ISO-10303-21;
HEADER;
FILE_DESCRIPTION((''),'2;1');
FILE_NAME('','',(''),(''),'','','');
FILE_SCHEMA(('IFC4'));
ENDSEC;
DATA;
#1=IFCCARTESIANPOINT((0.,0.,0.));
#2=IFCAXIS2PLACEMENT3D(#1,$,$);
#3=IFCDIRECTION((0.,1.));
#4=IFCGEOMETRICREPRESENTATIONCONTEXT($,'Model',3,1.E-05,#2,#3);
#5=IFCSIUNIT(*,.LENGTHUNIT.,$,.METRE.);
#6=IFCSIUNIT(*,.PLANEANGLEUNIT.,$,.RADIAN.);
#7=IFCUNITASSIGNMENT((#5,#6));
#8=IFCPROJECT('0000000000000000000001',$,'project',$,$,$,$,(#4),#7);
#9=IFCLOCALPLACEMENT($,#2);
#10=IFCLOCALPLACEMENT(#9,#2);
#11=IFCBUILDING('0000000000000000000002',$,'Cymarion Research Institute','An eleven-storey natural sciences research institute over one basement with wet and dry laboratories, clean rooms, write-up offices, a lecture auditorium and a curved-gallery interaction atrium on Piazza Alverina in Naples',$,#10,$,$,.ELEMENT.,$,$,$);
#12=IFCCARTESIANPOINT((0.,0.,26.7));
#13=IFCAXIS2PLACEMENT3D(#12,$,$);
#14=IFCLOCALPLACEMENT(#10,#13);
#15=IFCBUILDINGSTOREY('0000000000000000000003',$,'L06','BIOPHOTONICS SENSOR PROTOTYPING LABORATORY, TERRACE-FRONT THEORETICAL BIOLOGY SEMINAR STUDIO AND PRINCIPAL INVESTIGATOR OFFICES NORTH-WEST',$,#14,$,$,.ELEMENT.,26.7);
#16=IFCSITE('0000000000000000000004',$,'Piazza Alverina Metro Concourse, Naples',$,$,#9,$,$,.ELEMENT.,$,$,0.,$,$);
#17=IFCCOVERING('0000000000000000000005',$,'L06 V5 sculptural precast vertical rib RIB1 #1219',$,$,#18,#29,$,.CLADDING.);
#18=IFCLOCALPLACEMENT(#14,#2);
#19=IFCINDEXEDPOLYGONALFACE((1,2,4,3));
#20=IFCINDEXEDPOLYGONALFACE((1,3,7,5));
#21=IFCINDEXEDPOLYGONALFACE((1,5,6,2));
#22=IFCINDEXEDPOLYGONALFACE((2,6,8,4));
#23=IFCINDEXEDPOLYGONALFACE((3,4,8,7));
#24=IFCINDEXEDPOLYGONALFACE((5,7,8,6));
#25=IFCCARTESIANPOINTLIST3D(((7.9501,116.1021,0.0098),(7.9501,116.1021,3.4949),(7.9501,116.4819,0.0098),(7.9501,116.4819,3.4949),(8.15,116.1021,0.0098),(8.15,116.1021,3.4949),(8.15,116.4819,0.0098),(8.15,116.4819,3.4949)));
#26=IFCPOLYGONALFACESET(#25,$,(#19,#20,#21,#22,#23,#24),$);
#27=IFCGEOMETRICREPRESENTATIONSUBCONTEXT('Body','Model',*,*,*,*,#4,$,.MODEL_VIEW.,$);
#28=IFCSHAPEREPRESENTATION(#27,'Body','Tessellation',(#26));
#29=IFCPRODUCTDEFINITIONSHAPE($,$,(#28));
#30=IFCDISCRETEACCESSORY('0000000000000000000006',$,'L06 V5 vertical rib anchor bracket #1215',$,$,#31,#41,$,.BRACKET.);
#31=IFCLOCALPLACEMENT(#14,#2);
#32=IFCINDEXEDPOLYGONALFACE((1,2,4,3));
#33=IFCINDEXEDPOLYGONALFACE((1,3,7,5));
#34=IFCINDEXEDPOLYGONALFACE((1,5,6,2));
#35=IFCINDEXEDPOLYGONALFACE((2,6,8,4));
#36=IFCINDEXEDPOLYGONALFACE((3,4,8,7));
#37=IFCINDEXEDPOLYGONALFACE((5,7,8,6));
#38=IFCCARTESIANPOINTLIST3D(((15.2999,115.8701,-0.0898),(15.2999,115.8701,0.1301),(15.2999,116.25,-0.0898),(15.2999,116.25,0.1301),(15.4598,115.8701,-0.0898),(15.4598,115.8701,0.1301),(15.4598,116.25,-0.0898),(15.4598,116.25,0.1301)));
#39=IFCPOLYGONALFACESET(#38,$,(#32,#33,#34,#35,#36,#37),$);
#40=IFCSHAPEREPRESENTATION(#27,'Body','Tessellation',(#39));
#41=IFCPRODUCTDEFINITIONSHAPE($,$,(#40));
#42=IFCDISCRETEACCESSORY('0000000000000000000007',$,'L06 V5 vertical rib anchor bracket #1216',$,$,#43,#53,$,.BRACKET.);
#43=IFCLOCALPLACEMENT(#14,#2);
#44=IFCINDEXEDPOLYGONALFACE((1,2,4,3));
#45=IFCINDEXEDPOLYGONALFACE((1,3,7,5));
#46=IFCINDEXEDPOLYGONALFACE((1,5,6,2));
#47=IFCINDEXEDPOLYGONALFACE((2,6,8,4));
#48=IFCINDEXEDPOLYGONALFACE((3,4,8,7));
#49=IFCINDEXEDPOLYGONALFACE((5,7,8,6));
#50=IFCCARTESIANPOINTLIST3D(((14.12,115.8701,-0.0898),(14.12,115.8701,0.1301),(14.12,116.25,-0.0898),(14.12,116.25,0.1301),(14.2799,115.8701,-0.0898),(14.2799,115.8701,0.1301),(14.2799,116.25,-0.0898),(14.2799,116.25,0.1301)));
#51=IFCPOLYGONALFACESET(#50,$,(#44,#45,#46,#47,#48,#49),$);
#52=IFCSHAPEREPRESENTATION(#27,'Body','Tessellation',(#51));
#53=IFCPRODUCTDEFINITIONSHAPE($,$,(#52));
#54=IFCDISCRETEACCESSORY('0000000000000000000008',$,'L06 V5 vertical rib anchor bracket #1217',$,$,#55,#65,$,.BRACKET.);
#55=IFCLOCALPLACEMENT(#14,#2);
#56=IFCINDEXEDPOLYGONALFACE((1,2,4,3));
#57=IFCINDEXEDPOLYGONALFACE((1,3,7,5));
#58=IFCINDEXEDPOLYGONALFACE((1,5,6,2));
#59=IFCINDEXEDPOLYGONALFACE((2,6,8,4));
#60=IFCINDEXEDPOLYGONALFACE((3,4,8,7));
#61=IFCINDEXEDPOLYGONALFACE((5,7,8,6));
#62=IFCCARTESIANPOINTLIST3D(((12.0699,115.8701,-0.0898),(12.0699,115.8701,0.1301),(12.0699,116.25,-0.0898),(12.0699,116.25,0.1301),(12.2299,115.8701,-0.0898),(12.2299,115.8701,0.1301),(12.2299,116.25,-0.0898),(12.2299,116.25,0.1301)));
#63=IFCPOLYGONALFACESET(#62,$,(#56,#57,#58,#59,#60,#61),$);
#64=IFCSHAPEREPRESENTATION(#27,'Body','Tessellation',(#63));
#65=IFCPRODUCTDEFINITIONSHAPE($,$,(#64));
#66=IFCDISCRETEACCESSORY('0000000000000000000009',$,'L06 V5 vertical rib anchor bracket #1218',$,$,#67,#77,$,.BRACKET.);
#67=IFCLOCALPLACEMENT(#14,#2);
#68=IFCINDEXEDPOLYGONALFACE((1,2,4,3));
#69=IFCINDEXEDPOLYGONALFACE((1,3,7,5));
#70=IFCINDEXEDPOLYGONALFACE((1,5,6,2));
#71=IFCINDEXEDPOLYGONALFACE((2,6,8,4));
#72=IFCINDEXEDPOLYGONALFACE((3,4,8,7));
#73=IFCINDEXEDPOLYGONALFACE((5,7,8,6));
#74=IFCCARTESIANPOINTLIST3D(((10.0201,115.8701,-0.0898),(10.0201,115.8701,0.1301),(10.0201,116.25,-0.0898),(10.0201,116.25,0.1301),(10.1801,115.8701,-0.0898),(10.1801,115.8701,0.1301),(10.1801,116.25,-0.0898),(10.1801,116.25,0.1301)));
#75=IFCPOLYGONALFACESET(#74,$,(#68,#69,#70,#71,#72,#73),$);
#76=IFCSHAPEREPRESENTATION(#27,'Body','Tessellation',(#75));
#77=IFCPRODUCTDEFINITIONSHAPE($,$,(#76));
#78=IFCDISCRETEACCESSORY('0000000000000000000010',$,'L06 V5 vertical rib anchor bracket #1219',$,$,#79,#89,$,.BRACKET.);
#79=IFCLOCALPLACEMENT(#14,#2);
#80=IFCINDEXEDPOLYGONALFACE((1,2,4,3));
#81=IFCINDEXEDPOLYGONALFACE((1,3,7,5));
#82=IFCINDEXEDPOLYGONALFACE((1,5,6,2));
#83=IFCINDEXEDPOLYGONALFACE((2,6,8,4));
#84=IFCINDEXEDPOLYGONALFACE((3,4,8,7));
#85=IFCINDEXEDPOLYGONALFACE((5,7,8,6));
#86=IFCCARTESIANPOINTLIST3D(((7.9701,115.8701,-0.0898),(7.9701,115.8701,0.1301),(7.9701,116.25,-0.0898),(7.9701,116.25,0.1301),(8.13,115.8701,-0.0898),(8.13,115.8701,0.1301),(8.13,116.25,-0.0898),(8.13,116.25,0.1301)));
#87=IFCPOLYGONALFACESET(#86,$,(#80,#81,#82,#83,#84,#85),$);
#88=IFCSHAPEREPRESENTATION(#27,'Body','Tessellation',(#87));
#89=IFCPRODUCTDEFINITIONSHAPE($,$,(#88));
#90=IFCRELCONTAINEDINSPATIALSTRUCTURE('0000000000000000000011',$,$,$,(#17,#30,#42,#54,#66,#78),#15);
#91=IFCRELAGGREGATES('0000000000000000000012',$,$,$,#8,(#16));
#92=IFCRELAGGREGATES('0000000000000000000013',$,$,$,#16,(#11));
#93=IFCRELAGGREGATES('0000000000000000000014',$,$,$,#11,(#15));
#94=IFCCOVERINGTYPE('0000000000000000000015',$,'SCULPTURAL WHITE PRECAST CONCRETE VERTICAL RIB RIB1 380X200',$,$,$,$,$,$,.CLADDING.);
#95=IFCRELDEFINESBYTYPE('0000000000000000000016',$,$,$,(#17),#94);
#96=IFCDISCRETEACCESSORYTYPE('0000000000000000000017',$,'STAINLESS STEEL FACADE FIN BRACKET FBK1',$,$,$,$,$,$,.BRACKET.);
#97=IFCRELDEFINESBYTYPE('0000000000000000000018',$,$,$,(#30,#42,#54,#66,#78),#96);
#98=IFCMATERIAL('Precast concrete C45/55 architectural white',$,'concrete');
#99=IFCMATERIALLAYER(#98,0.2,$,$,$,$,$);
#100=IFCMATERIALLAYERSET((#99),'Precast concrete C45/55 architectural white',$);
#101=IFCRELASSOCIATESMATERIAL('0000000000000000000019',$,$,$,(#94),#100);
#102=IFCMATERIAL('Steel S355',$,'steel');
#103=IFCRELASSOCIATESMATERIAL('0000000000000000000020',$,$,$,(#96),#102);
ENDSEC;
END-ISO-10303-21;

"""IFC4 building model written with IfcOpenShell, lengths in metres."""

from ifc_helpers import new_model, si_unit, direction, frame, origin, origin_2d, place, context, subcontext, project, spatial, rectangle, extrude, material, layer, layer_set, type_object, element, save


model = new_model("IFC4")

# Units and contexts
model_context = context("Model", 3, precision=1e-05, world=origin(), true_north=direction((0.0, 1.0)))
body_context = subcontext(model_context, "Body", "Model", "MODEL_VIEW")
ifc_project = project(units=[si_unit("LENGTHUNIT", "METRE"), si_unit("PLANEANGLEUNIT", "RADIAN")], contexts=[model_context])

# Site, building, storey
site_placement = place(None, origin())
site = spatial("IfcSite", under=ifc_project, at=site_placement, Name="Piazza Alverina Metro Concourse, Naples", CompositionType="ELEMENT", RefElevation=0.0)
building_placement = place(site_placement, origin())
building = spatial("IfcBuilding", under=site, at=building_placement, Name="Cymarion Research Institute", Description="An eleven-storey natural sciences research institute over one basement with wet and dry laboratories, clean rooms, write-up offices, a lecture auditorium and a curved-gallery interaction atrium on Piazza Alverina in Naples", CompositionType="ELEMENT")
storey_placement = place(building_placement, frame((0.0, 0.0, 26.7)))
storey = spatial("IfcBuildingStorey", under=building, at=storey_placement, Name="L06", Description="BIOPHOTONICS SENSOR PROTOTYPING LABORATORY, TERRACE-FRONT THEORETICAL BIOLOGY SEMINAR STUDIO AND PRINCIPAL INVESTIGATOR OFFICES NORTH-WEST", CompositionType="ELEMENT", Elevation=26.7)

# Shared definitions
ifc_material_1 = material(Name="Steel S355", Category="steel")

# Covering
ifc_material_2 = material(Name="Precast concrete C45/55 architectural white", Category="concrete")
ifc_layer_1 = layer(ifc_material_2, 0.2)
ifc_layer_set_1 = layer_set([ifc_layer_1], Name="Precast concrete C45/55 architectural white")
covering_type = type_object("IfcCoveringType", Name="SCULPTURAL WHITE PRECAST CONCRETE VERTICAL RIB RIB1 380X200", PredefinedType="CLADDING", material=ifc_layer_set_1)
for number, where, z_axis, x_axis, name in (
    (1, (8.05, 116.292, 0.0098), (0.0, 0.0, 1.0), (0.0, 1.0, 0.0), "L06 V5 sculptural precast vertical rib RIB1 #1219"),
):
    element("IfcCovering", number, at=place(storey_placement, frame(where, z_axis=z_axis, x_axis=x_axis)), inside=storey, type_object=covering_type, Name=name, PredefinedType="CLADDING", context=body_context, shape_type="SweptSolid", body=[
        extrude(rectangle(XDim=0.3799, YDim=0.2, at=origin_2d()), origin(), (0.0, 0.0, 1.0), 3.4851),
    ])

# Discrete accessories
discrete_accessory_type = type_object("IfcDiscreteAccessoryType", Name="STAINLESS STEEL FACADE FIN BRACKET FBK1", PredefinedType="BRACKET", material=ifc_material_1)
for number, where, z_axis, x_axis, name in (
    (2, (15.3799, 116.0601, -0.0898), (0.0, 0.0, 1.0), (0.0, 1.0, 0.0), "L06 V5 vertical rib anchor bracket #1215"),
    (3, (14.2, 116.0601, -0.0898), (0.0, 0.0, 1.0), (0.0, 1.0, 0.0), "L06 V5 vertical rib anchor bracket #1216"),
    (4, (12.1499, 116.0601, -0.0898), (0.0, 0.0, 1.0), (0.0, 1.0, 0.0), "L06 V5 vertical rib anchor bracket #1217"),
    (5, (10.1001, 116.0601, -0.0898), (0.0, 0.0, 1.0), (0.0, 1.0, 0.0), "L06 V5 vertical rib anchor bracket #1218"),
    (6, (8.05, 116.0601, -0.0898), (0.0, 0.0, 1.0), (0.0, 1.0, 0.0), "L06 V5 vertical rib anchor bracket #1219"),
):
    element("IfcDiscreteAccessory", number, at=place(storey_placement, frame(where, z_axis=z_axis, x_axis=x_axis)), inside=storey, type_object=discrete_accessory_type, Name=name, PredefinedType="BRACKET", context=body_context, shape_type="SweptSolid", body=[
        extrude(rectangle(XDim=0.3799, YDim=0.1599, at=origin_2d()), origin(), (0.0, 0.0, 1.0), 0.22),
    ])

save(model, "model.ifc")
